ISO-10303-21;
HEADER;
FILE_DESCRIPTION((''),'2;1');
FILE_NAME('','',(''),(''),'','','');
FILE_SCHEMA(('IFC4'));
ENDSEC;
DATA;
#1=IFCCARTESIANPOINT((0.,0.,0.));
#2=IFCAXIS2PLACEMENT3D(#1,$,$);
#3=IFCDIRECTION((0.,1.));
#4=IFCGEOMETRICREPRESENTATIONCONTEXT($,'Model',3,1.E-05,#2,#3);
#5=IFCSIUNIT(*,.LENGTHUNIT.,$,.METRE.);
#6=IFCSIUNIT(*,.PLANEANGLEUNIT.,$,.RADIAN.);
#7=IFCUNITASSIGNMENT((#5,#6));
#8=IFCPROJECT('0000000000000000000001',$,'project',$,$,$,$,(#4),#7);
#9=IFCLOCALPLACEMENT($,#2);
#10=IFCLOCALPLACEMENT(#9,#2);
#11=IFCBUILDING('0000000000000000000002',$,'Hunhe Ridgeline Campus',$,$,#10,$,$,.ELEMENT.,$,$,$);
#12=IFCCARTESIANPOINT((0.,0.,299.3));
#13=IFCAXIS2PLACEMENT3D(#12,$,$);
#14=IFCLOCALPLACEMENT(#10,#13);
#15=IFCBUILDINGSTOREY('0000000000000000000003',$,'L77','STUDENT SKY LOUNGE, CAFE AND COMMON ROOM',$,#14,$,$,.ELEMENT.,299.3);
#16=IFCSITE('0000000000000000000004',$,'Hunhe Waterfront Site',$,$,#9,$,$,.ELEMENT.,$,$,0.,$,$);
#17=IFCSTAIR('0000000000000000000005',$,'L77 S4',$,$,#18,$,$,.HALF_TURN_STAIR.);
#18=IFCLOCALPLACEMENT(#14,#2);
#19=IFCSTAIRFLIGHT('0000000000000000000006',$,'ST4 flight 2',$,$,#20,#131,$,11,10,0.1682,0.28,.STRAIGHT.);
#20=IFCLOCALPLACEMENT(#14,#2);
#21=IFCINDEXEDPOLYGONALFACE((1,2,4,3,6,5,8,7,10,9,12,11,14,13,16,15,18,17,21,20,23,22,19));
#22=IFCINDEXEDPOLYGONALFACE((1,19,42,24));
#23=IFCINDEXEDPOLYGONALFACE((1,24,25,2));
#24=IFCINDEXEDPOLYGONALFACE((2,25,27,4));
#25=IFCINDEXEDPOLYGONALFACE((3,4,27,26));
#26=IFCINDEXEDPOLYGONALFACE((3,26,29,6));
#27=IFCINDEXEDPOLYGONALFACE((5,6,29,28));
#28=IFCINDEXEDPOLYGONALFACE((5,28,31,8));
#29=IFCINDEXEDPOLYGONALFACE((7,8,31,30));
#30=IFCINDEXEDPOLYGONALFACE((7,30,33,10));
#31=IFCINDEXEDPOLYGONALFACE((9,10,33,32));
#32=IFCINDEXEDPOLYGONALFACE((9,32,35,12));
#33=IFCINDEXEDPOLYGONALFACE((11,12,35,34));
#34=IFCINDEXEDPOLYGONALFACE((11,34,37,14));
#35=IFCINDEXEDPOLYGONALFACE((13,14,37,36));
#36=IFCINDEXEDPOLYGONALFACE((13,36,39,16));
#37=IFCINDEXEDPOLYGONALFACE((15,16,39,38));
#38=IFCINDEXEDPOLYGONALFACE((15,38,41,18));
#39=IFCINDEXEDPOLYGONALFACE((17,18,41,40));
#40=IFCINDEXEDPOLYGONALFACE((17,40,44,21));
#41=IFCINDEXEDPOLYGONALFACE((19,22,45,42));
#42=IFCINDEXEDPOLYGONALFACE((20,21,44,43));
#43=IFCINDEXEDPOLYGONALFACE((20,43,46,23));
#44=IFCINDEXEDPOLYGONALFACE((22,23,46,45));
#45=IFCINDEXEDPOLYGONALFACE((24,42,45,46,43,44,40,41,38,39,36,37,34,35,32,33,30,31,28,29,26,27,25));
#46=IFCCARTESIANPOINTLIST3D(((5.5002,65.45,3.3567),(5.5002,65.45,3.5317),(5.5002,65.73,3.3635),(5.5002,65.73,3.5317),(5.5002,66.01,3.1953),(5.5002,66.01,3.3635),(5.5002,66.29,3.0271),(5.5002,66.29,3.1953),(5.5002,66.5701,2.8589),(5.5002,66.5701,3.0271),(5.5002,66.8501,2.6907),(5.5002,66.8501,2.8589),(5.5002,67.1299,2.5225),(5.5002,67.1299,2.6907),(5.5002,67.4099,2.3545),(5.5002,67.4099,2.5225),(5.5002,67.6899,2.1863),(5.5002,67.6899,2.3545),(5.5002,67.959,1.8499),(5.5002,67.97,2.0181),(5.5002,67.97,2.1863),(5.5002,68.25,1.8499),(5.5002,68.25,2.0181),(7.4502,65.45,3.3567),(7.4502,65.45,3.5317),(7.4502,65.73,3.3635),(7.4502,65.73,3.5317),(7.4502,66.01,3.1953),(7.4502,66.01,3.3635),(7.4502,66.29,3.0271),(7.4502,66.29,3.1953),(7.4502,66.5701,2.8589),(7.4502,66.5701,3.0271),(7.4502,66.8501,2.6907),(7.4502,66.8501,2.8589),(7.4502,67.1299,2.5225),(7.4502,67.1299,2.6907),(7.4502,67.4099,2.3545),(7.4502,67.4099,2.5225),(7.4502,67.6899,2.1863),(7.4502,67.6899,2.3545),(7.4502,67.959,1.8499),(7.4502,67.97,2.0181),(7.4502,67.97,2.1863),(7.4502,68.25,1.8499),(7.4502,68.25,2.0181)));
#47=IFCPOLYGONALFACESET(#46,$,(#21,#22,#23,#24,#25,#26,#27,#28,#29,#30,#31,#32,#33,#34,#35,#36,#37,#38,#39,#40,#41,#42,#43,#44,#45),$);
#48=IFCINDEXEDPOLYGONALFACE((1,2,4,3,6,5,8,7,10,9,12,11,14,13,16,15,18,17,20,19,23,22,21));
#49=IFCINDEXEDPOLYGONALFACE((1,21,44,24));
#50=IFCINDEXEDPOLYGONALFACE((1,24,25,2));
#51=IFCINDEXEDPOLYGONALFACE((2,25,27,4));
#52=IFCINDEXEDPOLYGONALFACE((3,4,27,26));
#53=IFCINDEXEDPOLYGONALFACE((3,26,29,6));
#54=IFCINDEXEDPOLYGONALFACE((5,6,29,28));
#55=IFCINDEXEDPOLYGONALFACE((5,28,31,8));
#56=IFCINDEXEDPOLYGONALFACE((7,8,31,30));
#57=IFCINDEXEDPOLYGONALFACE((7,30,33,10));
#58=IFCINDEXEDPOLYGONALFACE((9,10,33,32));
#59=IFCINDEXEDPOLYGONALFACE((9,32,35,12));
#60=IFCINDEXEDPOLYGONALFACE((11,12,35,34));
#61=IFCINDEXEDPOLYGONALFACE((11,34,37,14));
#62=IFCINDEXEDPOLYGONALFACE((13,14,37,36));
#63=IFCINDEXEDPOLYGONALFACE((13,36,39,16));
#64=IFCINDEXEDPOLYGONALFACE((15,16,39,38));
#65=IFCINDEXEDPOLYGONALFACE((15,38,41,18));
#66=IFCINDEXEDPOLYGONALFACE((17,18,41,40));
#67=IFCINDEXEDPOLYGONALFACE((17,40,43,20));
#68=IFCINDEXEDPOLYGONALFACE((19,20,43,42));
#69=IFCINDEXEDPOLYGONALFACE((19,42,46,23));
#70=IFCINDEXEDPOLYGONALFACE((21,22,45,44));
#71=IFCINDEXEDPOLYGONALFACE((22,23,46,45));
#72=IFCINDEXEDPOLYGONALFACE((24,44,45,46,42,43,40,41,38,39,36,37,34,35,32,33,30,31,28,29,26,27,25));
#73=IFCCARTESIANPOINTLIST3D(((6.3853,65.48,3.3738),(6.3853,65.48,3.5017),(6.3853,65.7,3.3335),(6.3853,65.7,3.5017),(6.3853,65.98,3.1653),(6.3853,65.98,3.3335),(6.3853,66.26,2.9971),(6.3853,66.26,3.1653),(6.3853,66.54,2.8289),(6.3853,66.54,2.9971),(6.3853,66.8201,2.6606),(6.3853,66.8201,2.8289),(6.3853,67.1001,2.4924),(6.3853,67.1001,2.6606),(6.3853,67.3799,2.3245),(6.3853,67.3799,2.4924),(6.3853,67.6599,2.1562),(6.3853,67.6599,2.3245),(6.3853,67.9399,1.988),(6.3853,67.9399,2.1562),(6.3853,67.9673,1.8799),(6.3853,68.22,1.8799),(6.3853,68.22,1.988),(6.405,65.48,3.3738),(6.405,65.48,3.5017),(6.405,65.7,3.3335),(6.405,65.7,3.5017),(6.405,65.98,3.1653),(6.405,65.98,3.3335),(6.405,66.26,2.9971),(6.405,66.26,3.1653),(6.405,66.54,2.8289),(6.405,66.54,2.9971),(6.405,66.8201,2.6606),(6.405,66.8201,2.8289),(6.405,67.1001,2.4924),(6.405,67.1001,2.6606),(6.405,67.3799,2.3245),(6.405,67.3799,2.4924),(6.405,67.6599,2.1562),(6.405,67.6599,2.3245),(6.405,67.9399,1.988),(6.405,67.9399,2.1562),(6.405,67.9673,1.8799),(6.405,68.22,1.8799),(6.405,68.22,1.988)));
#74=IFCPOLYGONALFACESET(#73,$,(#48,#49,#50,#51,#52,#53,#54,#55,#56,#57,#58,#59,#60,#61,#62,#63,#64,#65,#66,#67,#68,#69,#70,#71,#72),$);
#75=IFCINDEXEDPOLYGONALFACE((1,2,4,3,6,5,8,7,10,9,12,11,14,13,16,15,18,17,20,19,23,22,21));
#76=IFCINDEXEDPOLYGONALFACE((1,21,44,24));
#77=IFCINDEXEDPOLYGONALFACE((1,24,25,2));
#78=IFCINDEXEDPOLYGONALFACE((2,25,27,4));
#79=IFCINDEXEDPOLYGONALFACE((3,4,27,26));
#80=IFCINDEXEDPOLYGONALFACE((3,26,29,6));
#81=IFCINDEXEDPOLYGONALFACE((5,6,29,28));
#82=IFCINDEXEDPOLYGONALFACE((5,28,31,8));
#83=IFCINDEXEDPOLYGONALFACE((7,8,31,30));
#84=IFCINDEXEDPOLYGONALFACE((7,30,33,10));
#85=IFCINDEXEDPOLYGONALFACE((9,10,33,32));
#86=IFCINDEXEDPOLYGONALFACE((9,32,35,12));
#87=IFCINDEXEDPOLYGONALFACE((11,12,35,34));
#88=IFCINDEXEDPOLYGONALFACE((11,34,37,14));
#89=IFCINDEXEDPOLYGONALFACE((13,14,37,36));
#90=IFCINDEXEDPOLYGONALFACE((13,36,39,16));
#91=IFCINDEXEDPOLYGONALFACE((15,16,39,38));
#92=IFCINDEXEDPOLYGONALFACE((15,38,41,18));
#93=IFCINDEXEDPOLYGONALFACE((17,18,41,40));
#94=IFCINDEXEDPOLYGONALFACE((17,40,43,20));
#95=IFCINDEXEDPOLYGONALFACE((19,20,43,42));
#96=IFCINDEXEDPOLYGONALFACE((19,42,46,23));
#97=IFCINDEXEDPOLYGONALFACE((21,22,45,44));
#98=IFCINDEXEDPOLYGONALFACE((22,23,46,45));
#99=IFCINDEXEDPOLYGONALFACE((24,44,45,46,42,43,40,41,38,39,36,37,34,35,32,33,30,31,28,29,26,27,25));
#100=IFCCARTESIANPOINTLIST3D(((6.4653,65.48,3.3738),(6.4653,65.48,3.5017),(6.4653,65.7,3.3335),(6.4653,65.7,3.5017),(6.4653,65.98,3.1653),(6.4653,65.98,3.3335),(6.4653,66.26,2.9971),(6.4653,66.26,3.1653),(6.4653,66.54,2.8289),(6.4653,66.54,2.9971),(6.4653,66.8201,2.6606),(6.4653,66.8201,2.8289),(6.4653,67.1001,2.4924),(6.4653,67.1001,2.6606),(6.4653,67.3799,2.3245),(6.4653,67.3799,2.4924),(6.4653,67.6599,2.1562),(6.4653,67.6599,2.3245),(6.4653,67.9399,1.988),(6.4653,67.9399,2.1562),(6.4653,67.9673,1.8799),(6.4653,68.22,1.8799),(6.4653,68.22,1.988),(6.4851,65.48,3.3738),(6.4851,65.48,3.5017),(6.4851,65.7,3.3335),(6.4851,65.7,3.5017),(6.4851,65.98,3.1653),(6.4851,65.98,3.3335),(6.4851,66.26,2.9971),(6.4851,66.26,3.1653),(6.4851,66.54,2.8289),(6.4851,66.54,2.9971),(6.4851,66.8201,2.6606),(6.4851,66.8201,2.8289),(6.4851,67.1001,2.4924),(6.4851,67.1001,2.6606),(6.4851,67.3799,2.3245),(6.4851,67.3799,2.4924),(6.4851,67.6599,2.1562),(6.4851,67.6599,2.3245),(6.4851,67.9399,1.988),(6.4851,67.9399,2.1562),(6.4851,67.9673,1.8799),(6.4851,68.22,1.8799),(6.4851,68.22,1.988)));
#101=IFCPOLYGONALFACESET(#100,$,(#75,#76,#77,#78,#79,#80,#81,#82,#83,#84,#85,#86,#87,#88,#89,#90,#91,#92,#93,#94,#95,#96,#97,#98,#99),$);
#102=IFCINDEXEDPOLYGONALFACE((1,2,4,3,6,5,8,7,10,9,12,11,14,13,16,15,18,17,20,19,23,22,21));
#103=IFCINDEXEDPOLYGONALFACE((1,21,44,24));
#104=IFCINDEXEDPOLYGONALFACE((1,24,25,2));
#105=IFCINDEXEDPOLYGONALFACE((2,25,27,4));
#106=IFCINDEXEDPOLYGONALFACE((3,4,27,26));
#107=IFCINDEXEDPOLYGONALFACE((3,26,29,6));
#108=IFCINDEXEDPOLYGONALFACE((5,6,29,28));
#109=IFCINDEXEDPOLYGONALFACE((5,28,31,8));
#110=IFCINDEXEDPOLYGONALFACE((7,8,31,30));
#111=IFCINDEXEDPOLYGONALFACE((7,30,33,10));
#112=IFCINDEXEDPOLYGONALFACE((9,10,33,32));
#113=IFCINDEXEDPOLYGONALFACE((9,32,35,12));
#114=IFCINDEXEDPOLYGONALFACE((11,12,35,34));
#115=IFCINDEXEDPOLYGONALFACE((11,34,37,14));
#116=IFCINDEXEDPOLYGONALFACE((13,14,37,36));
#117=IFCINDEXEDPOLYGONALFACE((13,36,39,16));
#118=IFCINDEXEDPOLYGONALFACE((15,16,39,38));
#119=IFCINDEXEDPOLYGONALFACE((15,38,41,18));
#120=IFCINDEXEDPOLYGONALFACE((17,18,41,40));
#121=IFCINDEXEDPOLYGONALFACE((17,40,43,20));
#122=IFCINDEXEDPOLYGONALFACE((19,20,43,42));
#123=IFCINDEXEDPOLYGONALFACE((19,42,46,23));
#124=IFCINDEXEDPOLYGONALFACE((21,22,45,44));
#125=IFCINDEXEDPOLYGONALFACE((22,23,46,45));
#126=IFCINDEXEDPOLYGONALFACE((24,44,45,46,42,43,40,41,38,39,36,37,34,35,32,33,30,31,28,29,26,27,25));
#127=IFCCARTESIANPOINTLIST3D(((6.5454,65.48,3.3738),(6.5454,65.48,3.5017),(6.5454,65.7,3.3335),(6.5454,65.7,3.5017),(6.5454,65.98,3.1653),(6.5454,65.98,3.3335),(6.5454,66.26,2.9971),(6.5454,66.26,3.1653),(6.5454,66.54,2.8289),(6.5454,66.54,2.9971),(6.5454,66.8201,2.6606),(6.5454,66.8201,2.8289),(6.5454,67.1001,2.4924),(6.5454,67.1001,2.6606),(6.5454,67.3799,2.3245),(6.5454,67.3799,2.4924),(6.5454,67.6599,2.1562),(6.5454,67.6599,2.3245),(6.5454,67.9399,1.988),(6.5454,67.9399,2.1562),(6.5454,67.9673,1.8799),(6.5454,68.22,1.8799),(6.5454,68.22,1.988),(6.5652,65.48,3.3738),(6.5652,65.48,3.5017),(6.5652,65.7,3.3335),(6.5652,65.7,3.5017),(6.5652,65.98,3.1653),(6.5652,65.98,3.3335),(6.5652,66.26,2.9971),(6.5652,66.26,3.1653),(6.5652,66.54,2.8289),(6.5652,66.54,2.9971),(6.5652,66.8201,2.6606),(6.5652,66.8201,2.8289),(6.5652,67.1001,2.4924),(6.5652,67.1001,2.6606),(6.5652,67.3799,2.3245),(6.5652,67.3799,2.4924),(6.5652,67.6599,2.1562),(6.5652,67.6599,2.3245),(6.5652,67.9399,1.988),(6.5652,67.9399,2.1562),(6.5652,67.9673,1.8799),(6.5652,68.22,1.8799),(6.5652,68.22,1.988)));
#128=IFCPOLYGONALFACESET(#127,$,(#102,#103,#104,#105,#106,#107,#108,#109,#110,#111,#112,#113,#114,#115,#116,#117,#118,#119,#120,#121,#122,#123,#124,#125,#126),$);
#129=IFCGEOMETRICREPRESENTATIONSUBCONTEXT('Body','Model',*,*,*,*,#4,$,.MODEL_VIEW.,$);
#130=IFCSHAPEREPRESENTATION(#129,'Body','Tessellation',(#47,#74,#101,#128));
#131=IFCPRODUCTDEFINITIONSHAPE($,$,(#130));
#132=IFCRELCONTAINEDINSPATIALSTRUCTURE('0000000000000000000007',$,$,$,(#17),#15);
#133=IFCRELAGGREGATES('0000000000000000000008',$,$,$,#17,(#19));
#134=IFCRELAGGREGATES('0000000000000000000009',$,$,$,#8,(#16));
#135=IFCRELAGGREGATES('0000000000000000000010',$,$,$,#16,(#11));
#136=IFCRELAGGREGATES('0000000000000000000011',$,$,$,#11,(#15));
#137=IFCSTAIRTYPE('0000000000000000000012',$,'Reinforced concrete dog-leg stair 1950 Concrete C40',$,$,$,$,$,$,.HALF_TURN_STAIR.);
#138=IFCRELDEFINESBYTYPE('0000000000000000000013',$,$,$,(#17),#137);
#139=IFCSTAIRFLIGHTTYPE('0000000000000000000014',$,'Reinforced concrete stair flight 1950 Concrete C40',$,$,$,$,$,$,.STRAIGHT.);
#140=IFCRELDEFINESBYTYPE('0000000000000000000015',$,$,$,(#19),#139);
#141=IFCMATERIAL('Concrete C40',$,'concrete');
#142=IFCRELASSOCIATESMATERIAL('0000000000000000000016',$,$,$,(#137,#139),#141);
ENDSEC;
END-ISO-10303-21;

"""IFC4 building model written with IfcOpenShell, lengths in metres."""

from ifc_helpers import new_model, si_unit, direction, frame, origin, place, context, subcontext, project, spatial, polyline, outline, extrude, material, type_object, element, aggregate, save


model = new_model("IFC4")

# Units and contexts
model_context = context("Model", 3, precision=1e-05, world=origin(), true_north=direction((0.0, 1.0)))
body_context = subcontext(model_context, "Body", "Model", "MODEL_VIEW")
ifc_project = project(units=[si_unit("LENGTHUNIT", "METRE"), si_unit("PLANEANGLEUNIT", "RADIAN")], contexts=[model_context])

# Site, building, storey
site_placement = place(None, origin())
site = spatial("IfcSite", under=ifc_project, at=site_placement, Name="Hunhe Waterfront Site", CompositionType="ELEMENT", RefElevation=0.0)
building_placement = place(site_placement, origin())
building = spatial("IfcBuilding", under=site, at=building_placement, Name="Hunhe Ridgeline Campus", CompositionType="ELEMENT")
storey_placement = place(building_placement, frame((0.0, 0.0, 299.3)))
storey = spatial("IfcBuildingStorey", under=building, at=storey_placement, Name="L77", Description="STUDENT SKY LOUNGE, CAFE AND COMMON ROOM", CompositionType="ELEMENT", Elevation=299.3)

# Stair, stair flight
ifc_material_1 = material(Name="Concrete C40", Category="concrete")
stair_type = type_object("IfcStairType", Name="Reinforced concrete dog-leg stair 1950 Concrete C40", PredefinedType="HALF_TURN_STAIR", material=ifc_material_1)
stair_flight_type = type_object("IfcStairFlightType", Name="Reinforced concrete stair flight 1950 Concrete C40", PredefinedType="STRAIGHT", material=ifc_material_1)
stair_1_placement = place(storey_placement, origin())
stair_1 = element("IfcStair", 1, at=stair_1_placement, inside=storey, type_object=stair_type, Name="L77 S4", PredefinedType="HALF_TURN_STAIR")
stair_flight_1_placement = place(storey_placement, frame((6.4751, 68.25, 1.8499), z_axis=(0.0, 0.0, 1.0), x_axis=(0.0, -1.0, 0.0)))
stair_flight_1 = element("IfcStairFlight", 2, at=stair_flight_1_placement, type_object=stair_flight_type, Name="ST4 flight 2", NumberOfRisers=11, NumberOfTreads=10, PredefinedType="STRAIGHT", RiserHeight=0.1682, TreadLength=0.28, context=body_context, shape_type="SweptSolid", body=[
    extrude(outline(polyline([(0.0, 0.0), (0.0, 0.1682), (0.28, 0.1682), (0.28, 0.3364), (0.5601, 0.3364), (0.5601, 0.5046), (0.8401, 0.5046), (0.8401, 0.6726), (1.1201, 0.6726), (1.1201, 0.8408), (1.3999, 0.8408), (1.3999, 1.009), (1.6799, 1.009), (1.6799, 1.1772), (1.96, 1.1772), (1.96, 1.3455), (2.24, 1.3455), (2.24, 1.5137), (2.52, 1.5137), (2.52, 1.6819), (2.8, 1.6819), (2.8, 1.8501), (2.8, 1.5068), (0.291, 0.0), (0.0, 0.0)])), frame((0.0, 0.9751, 0.0), z_axis=(0.0, -1.0, 0.0), x_axis=(1.0, 0.0, 0.0)), (0.0, 0.0, 1.0), 1.95),
    extrude(outline(polyline([(0.03, 0.03), (0.03, 0.1382), (0.3101, 0.1382), (0.3101, 0.3064), (0.5901, 0.3064), (0.5901, 0.4746), (0.8701, 0.4746), (0.8701, 0.6426), (1.1499, 0.6426), (1.1499, 0.8108), (1.4299, 0.8108), (1.4299, 0.979), (1.71, 0.979), (1.71, 1.1472), (1.99, 1.1472), (1.99, 1.3154), (2.27, 1.3154), (2.27, 1.4836), (2.55, 1.4836), (2.55, 1.6519), (2.77, 1.6519), (2.77, 1.5239), (0.2827, 0.03), (0.03, 0.03)])), frame((0.0, -0.0701, 0.0), z_axis=(0.0, -1.0, 0.0), x_axis=(1.0, 0.0, 0.0)), (0.0, 0.0, 1.0), 0.0198),
    extrude(outline(polyline([(0.03, 0.03), (0.03, 0.1382), (0.3101, 0.1382), (0.3101, 0.3064), (0.5901, 0.3064), (0.5901, 0.4746), (0.8701, 0.4746), (0.8701, 0.6426), (1.1499, 0.6426), (1.1499, 0.8108), (1.4299, 0.8108), (1.4299, 0.979), (1.71, 0.979), (1.71, 1.1472), (1.99, 1.1472), (1.99, 1.3154), (2.27, 1.3154), (2.27, 1.4836), (2.55, 1.4836), (2.55, 1.6519), (2.77, 1.6519), (2.77, 1.5239), (0.2827, 0.03), (0.03, 0.03)])), frame((0.0, 0.01, 0.0), z_axis=(0.0, -1.0, 0.0), x_axis=(1.0, 0.0, 0.0)), (0.0, 0.0, 1.0), 0.0198),
    extrude(outline(polyline([(0.03, 0.03), (0.03, 0.1382), (0.3101, 0.1382), (0.3101, 0.3064), (0.5901, 0.3064), (0.5901, 0.4746), (0.8701, 0.4746), (0.8701, 0.6426), (1.1499, 0.6426), (1.1499, 0.8108), (1.4299, 0.8108), (1.4299, 0.979), (1.71, 0.979), (1.71, 1.1472), (1.99, 1.1472), (1.99, 1.3154), (2.27, 1.3154), (2.27, 1.4836), (2.55, 1.4836), (2.55, 1.6519), (2.77, 1.6519), (2.77, 1.5239), (0.2827, 0.03), (0.03, 0.03)])), frame((0.0, 0.0901, 0.0), z_axis=(0.0, -1.0, 0.0), x_axis=(1.0, 0.0, 0.0)), (0.0, 0.0, 1.0), 0.0198),
])
aggregate(stair_1, [stair_flight_1])

save(model, "model.ifc")
